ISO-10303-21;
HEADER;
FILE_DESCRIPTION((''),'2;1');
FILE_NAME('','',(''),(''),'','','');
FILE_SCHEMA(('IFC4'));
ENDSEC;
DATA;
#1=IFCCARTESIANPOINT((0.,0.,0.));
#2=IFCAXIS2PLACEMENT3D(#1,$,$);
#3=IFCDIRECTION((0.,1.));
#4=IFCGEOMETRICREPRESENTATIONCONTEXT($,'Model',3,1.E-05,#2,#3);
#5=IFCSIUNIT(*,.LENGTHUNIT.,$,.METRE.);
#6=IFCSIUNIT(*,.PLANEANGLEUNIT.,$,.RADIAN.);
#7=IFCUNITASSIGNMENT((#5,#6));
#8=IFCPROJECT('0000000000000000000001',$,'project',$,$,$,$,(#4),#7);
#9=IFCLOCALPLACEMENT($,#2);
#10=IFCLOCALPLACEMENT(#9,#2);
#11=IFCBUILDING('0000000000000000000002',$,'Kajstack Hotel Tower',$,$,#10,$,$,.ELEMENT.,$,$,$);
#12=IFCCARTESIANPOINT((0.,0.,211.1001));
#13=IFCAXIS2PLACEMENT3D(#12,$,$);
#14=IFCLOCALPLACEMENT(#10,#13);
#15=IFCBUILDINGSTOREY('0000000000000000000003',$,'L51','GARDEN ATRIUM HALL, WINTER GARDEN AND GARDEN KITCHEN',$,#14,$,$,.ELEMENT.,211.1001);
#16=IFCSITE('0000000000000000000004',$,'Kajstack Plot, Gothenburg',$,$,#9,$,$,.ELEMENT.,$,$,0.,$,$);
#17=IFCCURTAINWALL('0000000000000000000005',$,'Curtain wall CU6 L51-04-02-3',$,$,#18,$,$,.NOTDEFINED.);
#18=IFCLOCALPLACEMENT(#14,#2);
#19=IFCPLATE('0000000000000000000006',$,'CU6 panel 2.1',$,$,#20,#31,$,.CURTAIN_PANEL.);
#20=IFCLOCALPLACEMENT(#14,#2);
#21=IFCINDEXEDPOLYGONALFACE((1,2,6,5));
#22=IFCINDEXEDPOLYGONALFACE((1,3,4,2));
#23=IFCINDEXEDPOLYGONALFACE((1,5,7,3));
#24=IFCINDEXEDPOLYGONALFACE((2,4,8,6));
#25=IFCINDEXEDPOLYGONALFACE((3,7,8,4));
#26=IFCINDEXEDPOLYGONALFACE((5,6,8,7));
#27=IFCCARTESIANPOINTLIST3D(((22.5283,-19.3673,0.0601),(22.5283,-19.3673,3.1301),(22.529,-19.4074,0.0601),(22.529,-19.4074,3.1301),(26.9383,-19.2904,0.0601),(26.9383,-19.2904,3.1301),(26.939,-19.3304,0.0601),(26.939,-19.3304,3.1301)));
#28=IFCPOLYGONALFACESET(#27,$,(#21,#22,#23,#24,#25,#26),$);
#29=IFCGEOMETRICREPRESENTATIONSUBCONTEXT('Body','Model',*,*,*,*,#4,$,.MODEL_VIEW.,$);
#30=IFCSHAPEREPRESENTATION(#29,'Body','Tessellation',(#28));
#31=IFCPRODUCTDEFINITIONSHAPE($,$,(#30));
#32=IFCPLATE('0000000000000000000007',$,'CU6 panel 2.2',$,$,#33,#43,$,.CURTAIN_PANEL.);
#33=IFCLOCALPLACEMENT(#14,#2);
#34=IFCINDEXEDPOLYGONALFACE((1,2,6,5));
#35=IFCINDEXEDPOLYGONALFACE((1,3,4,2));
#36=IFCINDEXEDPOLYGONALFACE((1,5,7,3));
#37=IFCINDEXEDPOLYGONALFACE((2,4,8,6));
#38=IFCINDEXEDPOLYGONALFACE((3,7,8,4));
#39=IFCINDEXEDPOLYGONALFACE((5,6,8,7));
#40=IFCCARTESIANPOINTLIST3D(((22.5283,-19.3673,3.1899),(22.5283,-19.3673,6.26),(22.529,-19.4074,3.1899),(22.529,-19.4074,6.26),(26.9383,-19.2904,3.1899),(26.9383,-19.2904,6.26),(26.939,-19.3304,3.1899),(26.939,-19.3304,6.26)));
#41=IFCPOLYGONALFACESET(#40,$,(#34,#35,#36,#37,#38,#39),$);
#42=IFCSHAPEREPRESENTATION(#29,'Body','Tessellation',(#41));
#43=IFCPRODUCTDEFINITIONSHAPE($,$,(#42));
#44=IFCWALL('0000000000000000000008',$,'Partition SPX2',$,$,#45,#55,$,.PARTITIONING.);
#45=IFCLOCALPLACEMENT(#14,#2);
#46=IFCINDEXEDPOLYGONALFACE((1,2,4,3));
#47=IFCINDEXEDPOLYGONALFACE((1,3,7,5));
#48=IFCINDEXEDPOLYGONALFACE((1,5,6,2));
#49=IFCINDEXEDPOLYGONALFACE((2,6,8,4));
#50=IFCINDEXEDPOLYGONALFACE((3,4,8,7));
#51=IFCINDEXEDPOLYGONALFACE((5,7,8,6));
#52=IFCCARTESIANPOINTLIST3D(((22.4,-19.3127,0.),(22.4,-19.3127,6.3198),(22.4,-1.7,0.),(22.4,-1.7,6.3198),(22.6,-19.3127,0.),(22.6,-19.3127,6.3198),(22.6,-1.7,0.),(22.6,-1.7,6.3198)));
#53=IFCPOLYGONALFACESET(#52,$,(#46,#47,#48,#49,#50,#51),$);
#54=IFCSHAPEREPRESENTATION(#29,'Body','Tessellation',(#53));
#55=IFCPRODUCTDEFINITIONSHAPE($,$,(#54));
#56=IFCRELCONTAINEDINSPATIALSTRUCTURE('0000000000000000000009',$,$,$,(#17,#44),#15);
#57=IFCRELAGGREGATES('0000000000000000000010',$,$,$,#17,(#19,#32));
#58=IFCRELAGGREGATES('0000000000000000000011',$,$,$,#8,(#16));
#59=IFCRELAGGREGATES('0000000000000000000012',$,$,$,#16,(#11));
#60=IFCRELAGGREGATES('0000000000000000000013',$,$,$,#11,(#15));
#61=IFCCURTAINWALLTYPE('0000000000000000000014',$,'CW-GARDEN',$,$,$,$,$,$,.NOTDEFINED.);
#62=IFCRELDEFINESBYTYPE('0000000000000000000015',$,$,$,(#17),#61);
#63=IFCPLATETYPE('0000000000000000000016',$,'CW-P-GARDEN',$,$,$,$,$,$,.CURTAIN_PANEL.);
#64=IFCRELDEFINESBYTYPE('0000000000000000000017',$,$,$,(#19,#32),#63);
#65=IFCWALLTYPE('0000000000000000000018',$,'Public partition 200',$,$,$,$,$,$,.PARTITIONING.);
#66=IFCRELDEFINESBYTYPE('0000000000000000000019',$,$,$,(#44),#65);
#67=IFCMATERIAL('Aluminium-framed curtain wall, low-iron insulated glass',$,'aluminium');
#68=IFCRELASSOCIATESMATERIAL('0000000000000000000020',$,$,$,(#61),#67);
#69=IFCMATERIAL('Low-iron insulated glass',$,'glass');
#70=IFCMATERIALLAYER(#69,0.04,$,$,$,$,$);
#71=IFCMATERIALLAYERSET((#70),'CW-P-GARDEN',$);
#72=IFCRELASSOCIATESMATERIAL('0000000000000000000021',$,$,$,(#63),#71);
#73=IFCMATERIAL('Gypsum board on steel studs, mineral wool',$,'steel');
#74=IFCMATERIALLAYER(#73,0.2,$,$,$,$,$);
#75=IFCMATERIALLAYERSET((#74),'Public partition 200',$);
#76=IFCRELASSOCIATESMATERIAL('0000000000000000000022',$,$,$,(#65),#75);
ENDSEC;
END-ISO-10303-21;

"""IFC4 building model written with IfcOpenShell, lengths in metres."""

from ifc_helpers import new_model, si_unit, direction, frame, frame_2d, origin, origin_2d, place, context, subcontext, project, spatial, rectangle, extrude, material, layer, layer_set, type_object, element, aggregate, save


model = new_model("IFC4")

# Units and contexts
model_context = context("Model", 3, precision=1e-05, world=origin(), true_north=direction((0.0, 1.0)))
body_context = subcontext(model_context, "Body", "Model", "MODEL_VIEW")
ifc_project = project(units=[si_unit("LENGTHUNIT", "METRE"), si_unit("PLANEANGLEUNIT", "RADIAN")], contexts=[model_context])

# Site, building, storey
site_placement = place(None, origin())
site = spatial("IfcSite", under=ifc_project, at=site_placement, Name="Kajstack Plot, Gothenburg", CompositionType="ELEMENT", RefElevation=0.0)
building_placement = place(site_placement, origin())
building = spatial("IfcBuilding", under=site, at=building_placement, Name="Kajstack Hotel Tower", CompositionType="ELEMENT")
storey_placement = place(building_placement, frame((0.0, 0.0, 211.1001)))
storey = spatial("IfcBuildingStorey", under=building, at=storey_placement, Name="L51", Description="GARDEN ATRIUM HALL, WINTER GARDEN AND GARDEN KITCHEN", CompositionType="ELEMENT", Elevation=211.1001)

# Shared definitions
ifc_material_1 = material(Name="Aluminium-framed curtain wall, low-iron insulated glass", Category="aluminium")
curtain_wall_type = type_object("IfcCurtainWallType", Name="CW-GARDEN", PredefinedType="NOTDEFINED", material=ifc_material_1)

# Curtain wall
curtain_wall_1_placement = place(storey_placement, origin())
curtain_wall_1 = element("IfcCurtainWall", 1, at=curtain_wall_1_placement, inside=storey, type_object=curtain_wall_type, Name="Curtain wall CU6 L51-04-02-3", PredefinedType="NOTDEFINED")

# Plates
ifc_material_2 = material(Name="Low-iron insulated glass", Category="glass")
ifc_layer_1 = layer(ifc_material_2, 0.04)
ifc_layer_set_1 = layer_set([ifc_layer_1], Name="CW-P-GARDEN")
plate_type = type_object("IfcPlateType", Name="CW-P-GARDEN", PredefinedType="CURTAIN_PANEL", material=ifc_layer_set_1)
plate_1_placement = place(storey_placement, frame((24.7336, -19.3489, 0.0601), z_axis=(0.0, 0.0, 1.0), x_axis=(0.999848, 0.017453, 0.0)))
plate_1 = element("IfcPlate", 2, at=plate_1_placement, type_object=plate_type, Name="CU6 panel 2.1", PredefinedType="CURTAIN_PANEL", context=body_context, shape_type="SweptSolid", body=[
    extrude(rectangle(XDim=4.4106, YDim=0.04, at=origin_2d()), origin(), (0.0, 0.0, 1.0), 3.0701),
])
plate_2_placement = place(storey_placement, frame((24.7336, -19.3489, 3.1899), z_axis=(0.0, 0.0, 1.0), x_axis=(0.999848, 0.017453, 0.0)))
plate_2 = element("IfcPlate", 3, at=plate_2_placement, type_object=plate_type, Name="CU6 panel 2.2", PredefinedType="CURTAIN_PANEL", context=body_context, shape_type="SweptSolid", body=[
    extrude(rectangle(XDim=4.4106, YDim=0.04, at=origin_2d()), origin(), (0.0, 0.0, 1.0), 3.0701),
])
aggregate(curtain_wall_1, [plate_1, plate_2])

# Wall
ifc_material_3 = material(Name="Gypsum board on steel studs, mineral wool", Category="steel")
ifc_layer_2 = layer(ifc_material_3, 0.2)
ifc_layer_set_2 = layer_set([ifc_layer_2], Name="Public partition 200")
wall_type = type_object("IfcWallType", Name="Public partition 200", PredefinedType="PARTITIONING", material=ifc_layer_set_2)
wall_placement = place(storey_placement, frame((22.5, -19.3127, 0.0), z_axis=(0.0, 0.0, 1.0), x_axis=(0.0, 1.0, 0.0)))
element("IfcWall", 4, at=wall_placement, inside=storey, type_object=wall_type, Name="Partition SPX2", PredefinedType="PARTITIONING", context=body_context, shape_type="SweptSolid", body=[
    extrude(rectangle(XDim=17.6128, YDim=0.2, at=frame_2d((8.8064, 0.0))), origin(), (0.0, 0.0, 1.0), 6.3198),
])

save(model, "model.ifc")
